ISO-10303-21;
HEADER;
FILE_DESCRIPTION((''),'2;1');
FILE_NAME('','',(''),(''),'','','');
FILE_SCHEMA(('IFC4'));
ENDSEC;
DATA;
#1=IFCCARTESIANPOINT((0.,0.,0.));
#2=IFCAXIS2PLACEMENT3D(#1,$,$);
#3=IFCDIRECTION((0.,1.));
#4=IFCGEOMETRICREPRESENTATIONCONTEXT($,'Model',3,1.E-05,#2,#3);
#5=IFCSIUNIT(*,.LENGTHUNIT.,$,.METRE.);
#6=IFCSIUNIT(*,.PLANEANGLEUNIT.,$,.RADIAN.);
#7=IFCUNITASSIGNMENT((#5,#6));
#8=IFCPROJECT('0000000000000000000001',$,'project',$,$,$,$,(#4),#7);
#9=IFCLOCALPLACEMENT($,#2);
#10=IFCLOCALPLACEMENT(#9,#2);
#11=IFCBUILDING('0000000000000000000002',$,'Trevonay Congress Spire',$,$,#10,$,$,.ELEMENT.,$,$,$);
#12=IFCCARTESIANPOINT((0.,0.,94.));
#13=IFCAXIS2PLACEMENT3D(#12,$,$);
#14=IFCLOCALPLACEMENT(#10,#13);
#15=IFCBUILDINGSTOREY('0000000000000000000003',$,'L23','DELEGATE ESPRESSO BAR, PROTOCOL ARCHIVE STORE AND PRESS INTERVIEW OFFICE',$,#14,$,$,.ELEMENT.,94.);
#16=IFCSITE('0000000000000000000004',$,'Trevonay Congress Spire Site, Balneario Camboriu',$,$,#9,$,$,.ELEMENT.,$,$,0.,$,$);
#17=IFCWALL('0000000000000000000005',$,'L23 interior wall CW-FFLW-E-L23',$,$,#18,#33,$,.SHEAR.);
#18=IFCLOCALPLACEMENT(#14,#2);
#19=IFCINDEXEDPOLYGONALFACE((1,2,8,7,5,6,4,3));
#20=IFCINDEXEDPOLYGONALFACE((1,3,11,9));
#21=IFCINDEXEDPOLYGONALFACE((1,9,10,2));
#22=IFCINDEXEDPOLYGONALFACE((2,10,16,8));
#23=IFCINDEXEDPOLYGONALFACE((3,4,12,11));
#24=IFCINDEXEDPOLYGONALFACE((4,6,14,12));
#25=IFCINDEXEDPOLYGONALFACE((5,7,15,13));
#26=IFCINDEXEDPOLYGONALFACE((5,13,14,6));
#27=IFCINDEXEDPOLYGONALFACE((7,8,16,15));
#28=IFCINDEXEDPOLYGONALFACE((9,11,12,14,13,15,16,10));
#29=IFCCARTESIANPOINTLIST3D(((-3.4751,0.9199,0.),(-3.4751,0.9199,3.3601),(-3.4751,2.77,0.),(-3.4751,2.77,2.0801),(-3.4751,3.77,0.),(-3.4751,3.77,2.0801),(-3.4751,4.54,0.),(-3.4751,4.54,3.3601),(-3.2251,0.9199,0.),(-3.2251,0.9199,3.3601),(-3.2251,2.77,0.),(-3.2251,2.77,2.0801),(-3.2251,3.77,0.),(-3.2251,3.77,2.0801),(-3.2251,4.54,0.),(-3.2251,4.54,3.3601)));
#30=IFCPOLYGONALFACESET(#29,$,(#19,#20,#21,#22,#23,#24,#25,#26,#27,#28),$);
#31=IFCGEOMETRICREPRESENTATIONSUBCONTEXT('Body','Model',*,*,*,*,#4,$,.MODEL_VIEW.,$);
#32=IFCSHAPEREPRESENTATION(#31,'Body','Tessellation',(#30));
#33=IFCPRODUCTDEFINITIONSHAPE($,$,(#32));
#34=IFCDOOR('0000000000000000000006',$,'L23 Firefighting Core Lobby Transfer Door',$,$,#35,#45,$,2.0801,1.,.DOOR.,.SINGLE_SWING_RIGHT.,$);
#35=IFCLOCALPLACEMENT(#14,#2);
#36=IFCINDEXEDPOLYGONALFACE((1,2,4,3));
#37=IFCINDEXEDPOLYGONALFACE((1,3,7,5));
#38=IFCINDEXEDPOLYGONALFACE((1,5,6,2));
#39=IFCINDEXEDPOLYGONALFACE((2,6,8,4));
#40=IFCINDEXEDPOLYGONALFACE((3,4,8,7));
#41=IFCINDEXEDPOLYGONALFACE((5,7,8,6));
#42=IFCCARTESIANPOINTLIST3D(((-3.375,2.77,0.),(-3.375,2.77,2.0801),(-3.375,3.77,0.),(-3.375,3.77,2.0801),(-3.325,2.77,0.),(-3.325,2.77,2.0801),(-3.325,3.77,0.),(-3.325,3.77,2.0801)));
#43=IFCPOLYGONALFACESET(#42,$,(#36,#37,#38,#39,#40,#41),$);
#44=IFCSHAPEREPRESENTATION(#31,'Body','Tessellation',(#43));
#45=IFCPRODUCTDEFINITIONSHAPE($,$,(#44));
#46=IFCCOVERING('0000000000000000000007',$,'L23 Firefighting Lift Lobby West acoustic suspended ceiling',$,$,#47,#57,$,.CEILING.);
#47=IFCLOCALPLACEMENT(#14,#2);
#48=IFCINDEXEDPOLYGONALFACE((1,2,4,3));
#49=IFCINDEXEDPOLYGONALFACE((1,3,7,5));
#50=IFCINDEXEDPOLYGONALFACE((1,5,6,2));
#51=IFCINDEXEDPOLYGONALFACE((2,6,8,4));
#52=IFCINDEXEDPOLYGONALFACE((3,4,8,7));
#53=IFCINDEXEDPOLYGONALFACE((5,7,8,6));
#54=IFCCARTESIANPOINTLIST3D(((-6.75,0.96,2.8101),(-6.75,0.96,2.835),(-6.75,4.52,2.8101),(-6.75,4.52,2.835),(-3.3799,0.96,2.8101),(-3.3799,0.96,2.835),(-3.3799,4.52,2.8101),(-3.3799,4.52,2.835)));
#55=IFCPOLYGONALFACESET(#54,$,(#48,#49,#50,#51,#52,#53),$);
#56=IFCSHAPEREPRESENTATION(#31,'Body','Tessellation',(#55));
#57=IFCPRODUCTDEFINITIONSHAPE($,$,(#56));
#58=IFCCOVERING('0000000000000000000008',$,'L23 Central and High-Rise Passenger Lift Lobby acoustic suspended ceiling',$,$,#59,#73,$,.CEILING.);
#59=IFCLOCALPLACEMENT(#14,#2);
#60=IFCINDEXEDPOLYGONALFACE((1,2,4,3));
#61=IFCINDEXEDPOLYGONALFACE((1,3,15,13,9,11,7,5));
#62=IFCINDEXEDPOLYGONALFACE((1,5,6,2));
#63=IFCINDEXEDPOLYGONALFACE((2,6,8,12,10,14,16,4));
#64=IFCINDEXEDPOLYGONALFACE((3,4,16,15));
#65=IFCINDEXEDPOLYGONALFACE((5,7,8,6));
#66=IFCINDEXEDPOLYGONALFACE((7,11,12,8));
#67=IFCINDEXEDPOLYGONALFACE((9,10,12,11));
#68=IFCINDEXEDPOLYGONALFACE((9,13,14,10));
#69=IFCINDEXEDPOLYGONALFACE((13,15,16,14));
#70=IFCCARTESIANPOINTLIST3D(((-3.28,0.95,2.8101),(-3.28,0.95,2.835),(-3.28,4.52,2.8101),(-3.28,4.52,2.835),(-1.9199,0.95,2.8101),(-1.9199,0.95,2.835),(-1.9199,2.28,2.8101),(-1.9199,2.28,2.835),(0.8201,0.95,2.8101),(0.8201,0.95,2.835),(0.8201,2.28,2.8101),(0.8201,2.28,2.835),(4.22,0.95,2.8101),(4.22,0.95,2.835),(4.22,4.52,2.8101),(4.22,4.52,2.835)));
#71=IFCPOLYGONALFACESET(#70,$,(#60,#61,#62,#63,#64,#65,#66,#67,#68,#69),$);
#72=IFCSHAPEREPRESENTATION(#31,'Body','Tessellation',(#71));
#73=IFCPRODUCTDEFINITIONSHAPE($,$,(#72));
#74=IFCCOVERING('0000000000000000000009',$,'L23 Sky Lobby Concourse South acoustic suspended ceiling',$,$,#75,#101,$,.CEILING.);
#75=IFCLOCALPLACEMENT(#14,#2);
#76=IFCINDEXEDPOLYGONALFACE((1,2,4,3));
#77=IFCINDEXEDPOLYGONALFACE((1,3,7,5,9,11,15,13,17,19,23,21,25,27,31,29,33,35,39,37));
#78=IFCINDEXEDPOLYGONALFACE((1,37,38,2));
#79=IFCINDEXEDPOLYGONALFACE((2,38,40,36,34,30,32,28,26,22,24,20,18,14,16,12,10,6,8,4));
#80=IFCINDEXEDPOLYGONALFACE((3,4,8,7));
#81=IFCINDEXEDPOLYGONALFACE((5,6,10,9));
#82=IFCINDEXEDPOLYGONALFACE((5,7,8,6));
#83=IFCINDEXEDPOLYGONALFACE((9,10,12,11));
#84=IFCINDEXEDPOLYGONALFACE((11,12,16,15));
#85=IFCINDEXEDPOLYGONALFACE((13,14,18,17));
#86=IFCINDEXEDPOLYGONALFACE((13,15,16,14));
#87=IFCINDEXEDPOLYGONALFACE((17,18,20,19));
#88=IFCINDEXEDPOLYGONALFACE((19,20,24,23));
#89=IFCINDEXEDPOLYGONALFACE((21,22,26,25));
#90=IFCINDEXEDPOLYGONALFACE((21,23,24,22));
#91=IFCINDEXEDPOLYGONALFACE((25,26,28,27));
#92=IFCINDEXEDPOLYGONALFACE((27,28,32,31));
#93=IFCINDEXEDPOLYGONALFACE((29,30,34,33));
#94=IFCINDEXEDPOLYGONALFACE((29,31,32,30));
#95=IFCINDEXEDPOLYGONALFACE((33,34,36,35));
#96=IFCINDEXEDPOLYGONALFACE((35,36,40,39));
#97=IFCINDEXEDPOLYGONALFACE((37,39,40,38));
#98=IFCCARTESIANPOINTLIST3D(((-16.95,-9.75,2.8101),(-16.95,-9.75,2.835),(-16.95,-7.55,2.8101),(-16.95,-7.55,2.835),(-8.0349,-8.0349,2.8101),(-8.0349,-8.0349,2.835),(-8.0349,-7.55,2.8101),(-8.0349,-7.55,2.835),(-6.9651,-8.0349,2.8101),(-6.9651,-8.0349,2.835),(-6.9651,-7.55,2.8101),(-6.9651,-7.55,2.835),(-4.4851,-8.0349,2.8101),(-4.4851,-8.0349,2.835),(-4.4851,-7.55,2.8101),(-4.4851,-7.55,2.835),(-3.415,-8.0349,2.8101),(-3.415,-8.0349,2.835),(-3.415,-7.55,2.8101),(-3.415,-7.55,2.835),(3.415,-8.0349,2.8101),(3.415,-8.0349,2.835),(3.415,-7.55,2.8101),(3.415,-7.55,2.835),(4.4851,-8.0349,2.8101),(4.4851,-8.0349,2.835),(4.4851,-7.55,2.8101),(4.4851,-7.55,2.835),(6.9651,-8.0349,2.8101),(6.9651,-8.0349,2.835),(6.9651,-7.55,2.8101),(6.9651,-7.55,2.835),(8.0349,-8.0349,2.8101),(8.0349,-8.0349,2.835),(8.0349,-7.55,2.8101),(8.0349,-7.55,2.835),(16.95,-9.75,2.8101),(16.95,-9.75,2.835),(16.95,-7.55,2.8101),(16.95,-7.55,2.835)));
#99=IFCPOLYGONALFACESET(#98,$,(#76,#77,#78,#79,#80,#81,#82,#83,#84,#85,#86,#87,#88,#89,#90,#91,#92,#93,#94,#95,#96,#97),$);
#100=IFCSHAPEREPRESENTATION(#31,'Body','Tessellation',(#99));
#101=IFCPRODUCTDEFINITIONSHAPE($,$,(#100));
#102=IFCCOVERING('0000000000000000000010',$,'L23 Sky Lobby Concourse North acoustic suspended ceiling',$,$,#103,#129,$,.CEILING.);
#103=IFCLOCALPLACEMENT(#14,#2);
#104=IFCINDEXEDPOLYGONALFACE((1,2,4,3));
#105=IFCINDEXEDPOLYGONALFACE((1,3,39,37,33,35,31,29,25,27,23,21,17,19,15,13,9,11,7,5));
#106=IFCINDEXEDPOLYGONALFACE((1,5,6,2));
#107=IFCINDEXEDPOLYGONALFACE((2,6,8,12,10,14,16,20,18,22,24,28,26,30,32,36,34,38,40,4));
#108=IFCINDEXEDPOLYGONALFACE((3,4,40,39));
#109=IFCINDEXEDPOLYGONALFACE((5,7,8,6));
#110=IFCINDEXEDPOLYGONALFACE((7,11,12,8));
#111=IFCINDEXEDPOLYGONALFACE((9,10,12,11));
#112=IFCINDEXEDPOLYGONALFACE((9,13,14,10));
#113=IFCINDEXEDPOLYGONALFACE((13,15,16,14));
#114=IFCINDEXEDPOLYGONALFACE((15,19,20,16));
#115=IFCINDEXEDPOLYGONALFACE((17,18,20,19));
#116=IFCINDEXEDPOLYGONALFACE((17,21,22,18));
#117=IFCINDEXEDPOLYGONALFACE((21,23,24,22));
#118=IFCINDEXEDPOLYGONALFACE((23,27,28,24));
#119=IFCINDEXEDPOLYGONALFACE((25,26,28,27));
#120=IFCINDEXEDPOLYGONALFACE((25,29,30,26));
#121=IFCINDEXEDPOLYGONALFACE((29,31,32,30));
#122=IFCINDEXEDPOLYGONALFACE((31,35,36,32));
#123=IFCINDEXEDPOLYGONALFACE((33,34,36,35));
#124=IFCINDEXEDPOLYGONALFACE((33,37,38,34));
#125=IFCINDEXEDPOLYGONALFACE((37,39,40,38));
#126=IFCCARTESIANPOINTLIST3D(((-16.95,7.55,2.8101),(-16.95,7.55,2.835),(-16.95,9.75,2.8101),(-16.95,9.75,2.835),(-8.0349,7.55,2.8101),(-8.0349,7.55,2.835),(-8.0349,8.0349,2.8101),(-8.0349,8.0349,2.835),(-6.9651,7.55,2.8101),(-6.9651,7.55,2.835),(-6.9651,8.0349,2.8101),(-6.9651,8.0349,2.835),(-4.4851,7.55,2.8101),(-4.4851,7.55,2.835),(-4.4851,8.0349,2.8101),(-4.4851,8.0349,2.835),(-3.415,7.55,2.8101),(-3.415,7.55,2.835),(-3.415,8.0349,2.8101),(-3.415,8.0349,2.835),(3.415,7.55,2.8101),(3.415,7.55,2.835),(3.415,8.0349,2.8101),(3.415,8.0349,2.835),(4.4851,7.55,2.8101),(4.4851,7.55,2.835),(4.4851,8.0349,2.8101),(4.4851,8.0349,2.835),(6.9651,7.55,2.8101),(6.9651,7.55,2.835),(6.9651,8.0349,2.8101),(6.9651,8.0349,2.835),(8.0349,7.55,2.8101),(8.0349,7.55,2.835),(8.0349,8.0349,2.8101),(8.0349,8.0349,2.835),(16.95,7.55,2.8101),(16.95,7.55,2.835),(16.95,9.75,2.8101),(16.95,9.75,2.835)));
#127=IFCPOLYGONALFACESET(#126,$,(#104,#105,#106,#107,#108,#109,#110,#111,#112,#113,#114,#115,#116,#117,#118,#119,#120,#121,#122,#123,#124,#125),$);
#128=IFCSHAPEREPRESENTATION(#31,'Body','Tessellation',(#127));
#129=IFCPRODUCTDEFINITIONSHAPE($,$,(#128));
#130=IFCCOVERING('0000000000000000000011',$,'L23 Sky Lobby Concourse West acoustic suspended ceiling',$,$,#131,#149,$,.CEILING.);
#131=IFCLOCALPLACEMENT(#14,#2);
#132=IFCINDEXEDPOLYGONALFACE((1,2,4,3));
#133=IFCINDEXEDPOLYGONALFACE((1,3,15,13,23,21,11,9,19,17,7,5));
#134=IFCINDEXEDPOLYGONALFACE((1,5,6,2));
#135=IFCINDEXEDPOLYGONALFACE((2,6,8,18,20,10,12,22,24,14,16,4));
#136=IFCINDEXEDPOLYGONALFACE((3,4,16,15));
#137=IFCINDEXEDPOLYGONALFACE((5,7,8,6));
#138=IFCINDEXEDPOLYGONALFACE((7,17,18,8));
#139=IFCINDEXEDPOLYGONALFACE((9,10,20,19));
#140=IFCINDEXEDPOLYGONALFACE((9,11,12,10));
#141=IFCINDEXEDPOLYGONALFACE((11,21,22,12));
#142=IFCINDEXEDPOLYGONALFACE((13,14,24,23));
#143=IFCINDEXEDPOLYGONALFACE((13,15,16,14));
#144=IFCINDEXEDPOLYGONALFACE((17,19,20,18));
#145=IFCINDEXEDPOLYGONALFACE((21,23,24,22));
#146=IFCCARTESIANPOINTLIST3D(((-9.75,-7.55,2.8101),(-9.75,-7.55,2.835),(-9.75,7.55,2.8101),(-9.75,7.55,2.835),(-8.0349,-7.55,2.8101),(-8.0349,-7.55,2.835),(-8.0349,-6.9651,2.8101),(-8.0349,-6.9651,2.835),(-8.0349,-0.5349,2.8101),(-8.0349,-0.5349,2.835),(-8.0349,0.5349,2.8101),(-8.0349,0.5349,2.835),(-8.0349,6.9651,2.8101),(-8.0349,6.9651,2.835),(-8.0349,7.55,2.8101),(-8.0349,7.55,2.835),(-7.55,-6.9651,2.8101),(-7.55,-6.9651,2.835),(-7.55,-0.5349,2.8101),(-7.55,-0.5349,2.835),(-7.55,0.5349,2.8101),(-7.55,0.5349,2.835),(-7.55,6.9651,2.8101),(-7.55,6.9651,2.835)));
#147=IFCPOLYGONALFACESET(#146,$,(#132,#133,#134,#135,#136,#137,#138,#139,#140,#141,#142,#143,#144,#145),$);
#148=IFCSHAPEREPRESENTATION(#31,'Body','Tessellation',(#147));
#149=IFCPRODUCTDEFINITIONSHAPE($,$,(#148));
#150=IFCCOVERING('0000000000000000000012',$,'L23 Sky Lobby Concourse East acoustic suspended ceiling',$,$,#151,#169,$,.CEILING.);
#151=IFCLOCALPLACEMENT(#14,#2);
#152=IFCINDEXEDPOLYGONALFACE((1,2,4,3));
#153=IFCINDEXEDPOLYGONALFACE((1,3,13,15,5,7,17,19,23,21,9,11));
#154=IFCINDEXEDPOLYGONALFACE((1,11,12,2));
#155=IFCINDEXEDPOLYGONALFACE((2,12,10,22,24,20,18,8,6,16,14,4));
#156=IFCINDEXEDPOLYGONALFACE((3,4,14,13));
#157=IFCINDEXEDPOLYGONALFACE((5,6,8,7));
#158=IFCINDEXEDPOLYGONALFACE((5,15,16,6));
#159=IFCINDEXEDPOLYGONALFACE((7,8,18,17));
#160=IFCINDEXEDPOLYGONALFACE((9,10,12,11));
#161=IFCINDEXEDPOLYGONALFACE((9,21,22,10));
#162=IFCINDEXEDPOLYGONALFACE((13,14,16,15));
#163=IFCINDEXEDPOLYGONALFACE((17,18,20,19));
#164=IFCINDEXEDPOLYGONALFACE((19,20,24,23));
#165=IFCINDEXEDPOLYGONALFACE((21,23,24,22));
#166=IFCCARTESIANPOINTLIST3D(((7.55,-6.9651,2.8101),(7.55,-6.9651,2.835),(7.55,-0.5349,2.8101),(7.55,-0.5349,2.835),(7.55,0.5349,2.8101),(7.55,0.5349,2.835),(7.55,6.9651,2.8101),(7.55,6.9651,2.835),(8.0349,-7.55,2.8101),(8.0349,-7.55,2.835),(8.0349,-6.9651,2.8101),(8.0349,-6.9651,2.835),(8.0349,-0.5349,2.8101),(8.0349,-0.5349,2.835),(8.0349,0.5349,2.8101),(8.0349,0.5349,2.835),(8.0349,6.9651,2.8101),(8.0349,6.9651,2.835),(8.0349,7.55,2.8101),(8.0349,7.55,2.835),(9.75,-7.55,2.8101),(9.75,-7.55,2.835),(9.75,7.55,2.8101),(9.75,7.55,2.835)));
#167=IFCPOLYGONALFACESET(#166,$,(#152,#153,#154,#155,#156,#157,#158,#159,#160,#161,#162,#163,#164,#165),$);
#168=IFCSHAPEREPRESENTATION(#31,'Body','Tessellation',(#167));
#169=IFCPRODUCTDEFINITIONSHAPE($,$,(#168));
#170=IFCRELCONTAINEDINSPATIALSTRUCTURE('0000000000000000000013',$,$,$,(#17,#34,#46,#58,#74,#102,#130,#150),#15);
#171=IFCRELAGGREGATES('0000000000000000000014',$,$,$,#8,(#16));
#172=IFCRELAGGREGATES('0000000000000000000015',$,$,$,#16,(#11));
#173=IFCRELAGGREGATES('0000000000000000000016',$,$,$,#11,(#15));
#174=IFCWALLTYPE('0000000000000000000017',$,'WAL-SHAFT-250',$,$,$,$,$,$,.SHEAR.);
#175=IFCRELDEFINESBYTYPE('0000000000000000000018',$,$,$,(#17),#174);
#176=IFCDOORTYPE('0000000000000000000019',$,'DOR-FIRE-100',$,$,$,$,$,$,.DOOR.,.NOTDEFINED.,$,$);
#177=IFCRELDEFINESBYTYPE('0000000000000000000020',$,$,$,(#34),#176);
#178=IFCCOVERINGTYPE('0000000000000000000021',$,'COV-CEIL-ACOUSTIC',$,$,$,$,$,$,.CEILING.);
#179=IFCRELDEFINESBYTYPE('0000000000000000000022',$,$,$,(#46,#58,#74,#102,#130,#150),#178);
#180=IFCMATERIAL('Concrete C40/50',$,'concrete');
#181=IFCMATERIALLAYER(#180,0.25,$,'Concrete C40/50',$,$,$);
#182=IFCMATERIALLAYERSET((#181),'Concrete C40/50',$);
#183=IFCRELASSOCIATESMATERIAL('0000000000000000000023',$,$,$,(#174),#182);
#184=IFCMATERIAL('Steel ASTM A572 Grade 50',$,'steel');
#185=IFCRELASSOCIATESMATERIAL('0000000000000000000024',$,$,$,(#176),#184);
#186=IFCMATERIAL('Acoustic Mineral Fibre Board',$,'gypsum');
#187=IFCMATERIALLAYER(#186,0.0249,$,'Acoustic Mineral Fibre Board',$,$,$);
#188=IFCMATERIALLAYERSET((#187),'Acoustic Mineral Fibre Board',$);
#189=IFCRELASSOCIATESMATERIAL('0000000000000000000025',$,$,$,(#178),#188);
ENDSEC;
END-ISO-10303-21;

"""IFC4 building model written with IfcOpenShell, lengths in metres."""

from ifc_helpers import new_model, si_unit, direction, frame, frame_2d, origin, place, context, subcontext, project, spatial, polyline, rectangle, outline, extrude, material, layer, layer_set, type_object, element, fill, save


model = new_model("IFC4")

# Units and contexts
model_context = context("Model", 3, precision=1e-05, world=origin(), true_north=direction((0.0, 1.0)))
body_context = subcontext(model_context, "Body", "Model", "MODEL_VIEW")
ifc_project = project(units=[si_unit("LENGTHUNIT", "METRE"), si_unit("PLANEANGLEUNIT", "RADIAN")], contexts=[model_context])

# Site, building, storey
site_placement = place(None, origin())
site = spatial("IfcSite", under=ifc_project, at=site_placement, Name="Trevonay Congress Spire Site, Balneario Camboriu", CompositionType="ELEMENT", RefElevation=0.0)
building_placement = place(site_placement, origin())
building = spatial("IfcBuilding", under=site, at=building_placement, Name="Trevonay Congress Spire", CompositionType="ELEMENT")
storey_placement = place(building_placement, frame((0.0, 0.0, 94.0)))
storey = spatial("IfcBuildingStorey", under=building, at=storey_placement, Name="L23", Description="DELEGATE ESPRESSO BAR, PROTOCOL ARCHIVE STORE AND PRESS INTERVIEW OFFICE", CompositionType="ELEMENT", Elevation=94.0)

# Shared definitions
ifc_material_1 = material(Name="Steel ASTM A572 Grade 50", Category="steel")

# Shared definitions
ifc_material_2 = material(Name="Concrete C40/50", Category="concrete")

# Shared definitions
ifc_layer_1 = layer(ifc_material_2, 0.25, Name="Concrete C40/50")
ifc_layer_set_1 = layer_set([ifc_layer_1], Name="Concrete C40/50")
wall_type_1 = type_object("IfcWallType", Name="WAL-SHAFT-250", PredefinedType="SHEAR", material=ifc_layer_set_1)

# Wall, opening, door
wall_1_placement = place(storey_placement, frame((-3.3501, 0.9199, 0.0), z_axis=(0.0, 0.0, 1.0), x_axis=(0.0, 1.0, 0.0)))
wall_1 = element("IfcWall", 1, at=wall_1_placement, inside=storey, type_object=wall_type_1, Name="L23 interior wall CW-FFLW-E-L23", PredefinedType="SHEAR", context=body_context, shape_type="SweptSolid", body=[
    extrude(rectangle(XDim=3.6201, YDim=0.25, at=frame_2d((1.8101, 0.0))), origin(), (0.0, 0.0, 1.0), 3.3601),
])
opening_1_placement = place(wall_1_placement, frame((1.8501, 0.0, 0.0)))
opening_1 = element("IfcOpeningElement", 2, at=opening_1_placement, cuts=wall_1, PredefinedType="OPENING", context=body_context, shape_type="SweptSolid", body=[
    extrude(rectangle(XDim=1.0, YDim=2.0801, at=frame_2d((0.5, 1.04))), frame((0.0, 0.135, 0.0), z_axis=(0.0, -1.0, 0.0), x_axis=(1.0, 0.0, 0.0)), (0.0, 0.0, 1.0), 0.27),
])
door_type_1 = type_object("IfcDoorType", Name="DOR-FIRE-100", OperationType="NOTDEFINED", PredefinedType="DOOR", material=ifc_material_1)
door_1_placement = place(opening_1_placement, origin())
door_1 = element("IfcDoor", 3, at=door_1_placement, inside=storey, type_object=door_type_1, Name="L23 Firefighting Core Lobby Transfer Door", OperationType="SINGLE_SWING_RIGHT", OverallHeight=2.0801, OverallWidth=1.0, PredefinedType="DOOR", context=body_context, shape_type="SweptSolid", body=[
    extrude(rectangle(XDim=1.0, YDim=2.0801, at=frame_2d((0.5, 1.04))), frame((0.0, 0.0249, 0.0), z_axis=(0.0, -1.0, 0.0), x_axis=(1.0, 0.0, 0.0)), (0.0, 0.0, 1.0), 0.05),
])
fill(opening_1, door_1)

# Coverings
ifc_material_3 = material(Name="Acoustic Mineral Fibre Board", Category="gypsum")
ifc_layer_2 = layer(ifc_material_3, 0.0249, Name="Acoustic Mineral Fibre Board")
ifc_layer_set_2 = layer_set([ifc_layer_2], Name="Acoustic Mineral Fibre Board")
covering_type_1 = type_object("IfcCoveringType", Name="COV-CEIL-ACOUSTIC", PredefinedType="CEILING", material=ifc_layer_set_2)
covering_1_placement = place(storey_placement, frame((0.0, 0.0, 2.8101)))
element("IfcCovering", 4, at=covering_1_placement, inside=storey, type_object=covering_type_1, Name="L23 Firefighting Lift Lobby West acoustic suspended ceiling", PredefinedType="CEILING", context=body_context, shape_type="SweptSolid", body=[
    extrude(outline(polyline([(-6.75, 0.96), (-3.3799, 0.96), (-3.3799, 4.52), (-6.75, 4.52), (-6.75, 0.96)])), origin(), (0.0, 0.0, 1.0), 0.0249),
])
covering_2_placement = place(storey_placement, frame((0.0, 0.0, 2.8101)))
element("IfcCovering", 5, at=covering_2_placement, inside=storey, type_object=covering_type_1, Name="L23 Central and High-Rise Passenger Lift Lobby acoustic suspended ceiling", PredefinedType="CEILING", context=body_context, shape_type="SweptSolid", body=[
    extrude(outline(polyline([(-3.28, 0.95), (-1.9199, 0.95), (-1.9199, 2.28), (0.8201, 2.28), (0.8201, 0.95), (4.22, 0.95), (4.22, 4.52), (-3.28, 4.52), (-3.28, 0.95)])), origin(), (0.0, 0.0, 1.0), 0.0249),
])
covering_3_placement = place(storey_placement, frame((0.0, 0.0, 2.8101)))
element("IfcCovering", 6, at=covering_3_placement, inside=storey, type_object=covering_type_1, Name="L23 Sky Lobby Concourse South acoustic suspended ceiling", PredefinedType="CEILING", context=body_context, shape_type="SweptSolid", body=[
    extrude(outline(polyline([(16.95, -7.55), (16.95, -9.75), (-16.95, -9.75), (-16.95, -7.55), (-8.0349, -7.55), (-8.0349, -8.0349), (-6.9651, -8.0349), (-6.9651, -7.55), (-4.4851, -7.55), (-4.4851, -8.0349), (-3.415, -8.0349), (-3.415, -7.55), (3.415, -7.55), (3.415, -8.0349), (4.4851, -8.0349), (4.4851, -7.55), (6.9651, -7.55), (6.9651, -8.0349), (8.0349, -8.0349), (8.0349, -7.55), (16.95, -7.55)])), origin(), (0.0, 0.0, 1.0), 0.0249),
])
covering_4_placement = place(storey_placement, frame((0.0, 0.0, 2.8101)))
element("IfcCovering", 7, at=covering_4_placement, inside=storey, type_object=covering_type_1, Name="L23 Sky Lobby Concourse North acoustic suspended ceiling", PredefinedType="CEILING", context=body_context, shape_type="SweptSolid", body=[
    extrude(outline(polyline([(-16.95, 7.55), (-16.95, 9.75), (16.95, 9.75), (16.95, 7.55), (8.0349, 7.55), (8.0349, 8.0349), (6.9651, 8.0349), (6.9651, 7.55), (4.4851, 7.55), (4.4851, 8.0349), (3.415, 8.0349), (3.415, 7.55), (-3.415, 7.55), (-3.415, 8.0349), (-4.4851, 8.0349), (-4.4851, 7.55), (-6.9651, 7.55), (-6.9651, 8.0349), (-8.0349, 8.0349), (-8.0349, 7.55), (-16.95, 7.55)])), origin(), (0.0, 0.0, 1.0), 0.0249),
])
covering_5_placement = place(storey_placement, frame((0.0, 0.0, 2.8101)))
element("IfcCovering", 8, at=covering_5_placement, inside=storey, type_object=covering_type_1, Name="L23 Sky Lobby Concourse West acoustic suspended ceiling", PredefinedType="CEILING", context=body_context, shape_type="SweptSolid", body=[
    extrude(outline(polyline([(-9.75, 7.55), (-8.0349, 7.55), (-8.0349, 6.9651), (-7.55, 6.9651), (-7.55, 0.5349), (-8.0349, 0.5349), (-8.0349, -0.5349), (-7.55, -0.5349), (-7.55, -6.9651), (-8.0349, -6.9651), (-8.0349, -7.55), (-9.75, -7.55), (-9.75, 7.55)])), origin(), (0.0, 0.0, 1.0), 0.0249),
])
covering_6_placement = place(storey_placement, frame((0.0, 0.0, 2.8101)))
element("IfcCovering", 9, at=covering_6_placement, inside=storey, type_object=covering_type_1, Name="L23 Sky Lobby Concourse East acoustic suspended ceiling", PredefinedType="CEILING", context=body_context, shape_type="SweptSolid", body=[
    extrude(outline(polyline([(9.75, -7.55), (8.0349, -7.55), (8.0349, -6.9651), (7.55, -6.9651), (7.55, -0.5349), (8.0349, -0.5349), (8.0349, 0.5349), (7.55, 0.5349), (7.55, 6.9651), (8.0349, 6.9651), (8.0349, 7.55), (9.75, 7.55), (9.75, -7.55)])), origin(), (0.0, 0.0, 1.0), 0.0249),
])

save(model, "model.ifc")
